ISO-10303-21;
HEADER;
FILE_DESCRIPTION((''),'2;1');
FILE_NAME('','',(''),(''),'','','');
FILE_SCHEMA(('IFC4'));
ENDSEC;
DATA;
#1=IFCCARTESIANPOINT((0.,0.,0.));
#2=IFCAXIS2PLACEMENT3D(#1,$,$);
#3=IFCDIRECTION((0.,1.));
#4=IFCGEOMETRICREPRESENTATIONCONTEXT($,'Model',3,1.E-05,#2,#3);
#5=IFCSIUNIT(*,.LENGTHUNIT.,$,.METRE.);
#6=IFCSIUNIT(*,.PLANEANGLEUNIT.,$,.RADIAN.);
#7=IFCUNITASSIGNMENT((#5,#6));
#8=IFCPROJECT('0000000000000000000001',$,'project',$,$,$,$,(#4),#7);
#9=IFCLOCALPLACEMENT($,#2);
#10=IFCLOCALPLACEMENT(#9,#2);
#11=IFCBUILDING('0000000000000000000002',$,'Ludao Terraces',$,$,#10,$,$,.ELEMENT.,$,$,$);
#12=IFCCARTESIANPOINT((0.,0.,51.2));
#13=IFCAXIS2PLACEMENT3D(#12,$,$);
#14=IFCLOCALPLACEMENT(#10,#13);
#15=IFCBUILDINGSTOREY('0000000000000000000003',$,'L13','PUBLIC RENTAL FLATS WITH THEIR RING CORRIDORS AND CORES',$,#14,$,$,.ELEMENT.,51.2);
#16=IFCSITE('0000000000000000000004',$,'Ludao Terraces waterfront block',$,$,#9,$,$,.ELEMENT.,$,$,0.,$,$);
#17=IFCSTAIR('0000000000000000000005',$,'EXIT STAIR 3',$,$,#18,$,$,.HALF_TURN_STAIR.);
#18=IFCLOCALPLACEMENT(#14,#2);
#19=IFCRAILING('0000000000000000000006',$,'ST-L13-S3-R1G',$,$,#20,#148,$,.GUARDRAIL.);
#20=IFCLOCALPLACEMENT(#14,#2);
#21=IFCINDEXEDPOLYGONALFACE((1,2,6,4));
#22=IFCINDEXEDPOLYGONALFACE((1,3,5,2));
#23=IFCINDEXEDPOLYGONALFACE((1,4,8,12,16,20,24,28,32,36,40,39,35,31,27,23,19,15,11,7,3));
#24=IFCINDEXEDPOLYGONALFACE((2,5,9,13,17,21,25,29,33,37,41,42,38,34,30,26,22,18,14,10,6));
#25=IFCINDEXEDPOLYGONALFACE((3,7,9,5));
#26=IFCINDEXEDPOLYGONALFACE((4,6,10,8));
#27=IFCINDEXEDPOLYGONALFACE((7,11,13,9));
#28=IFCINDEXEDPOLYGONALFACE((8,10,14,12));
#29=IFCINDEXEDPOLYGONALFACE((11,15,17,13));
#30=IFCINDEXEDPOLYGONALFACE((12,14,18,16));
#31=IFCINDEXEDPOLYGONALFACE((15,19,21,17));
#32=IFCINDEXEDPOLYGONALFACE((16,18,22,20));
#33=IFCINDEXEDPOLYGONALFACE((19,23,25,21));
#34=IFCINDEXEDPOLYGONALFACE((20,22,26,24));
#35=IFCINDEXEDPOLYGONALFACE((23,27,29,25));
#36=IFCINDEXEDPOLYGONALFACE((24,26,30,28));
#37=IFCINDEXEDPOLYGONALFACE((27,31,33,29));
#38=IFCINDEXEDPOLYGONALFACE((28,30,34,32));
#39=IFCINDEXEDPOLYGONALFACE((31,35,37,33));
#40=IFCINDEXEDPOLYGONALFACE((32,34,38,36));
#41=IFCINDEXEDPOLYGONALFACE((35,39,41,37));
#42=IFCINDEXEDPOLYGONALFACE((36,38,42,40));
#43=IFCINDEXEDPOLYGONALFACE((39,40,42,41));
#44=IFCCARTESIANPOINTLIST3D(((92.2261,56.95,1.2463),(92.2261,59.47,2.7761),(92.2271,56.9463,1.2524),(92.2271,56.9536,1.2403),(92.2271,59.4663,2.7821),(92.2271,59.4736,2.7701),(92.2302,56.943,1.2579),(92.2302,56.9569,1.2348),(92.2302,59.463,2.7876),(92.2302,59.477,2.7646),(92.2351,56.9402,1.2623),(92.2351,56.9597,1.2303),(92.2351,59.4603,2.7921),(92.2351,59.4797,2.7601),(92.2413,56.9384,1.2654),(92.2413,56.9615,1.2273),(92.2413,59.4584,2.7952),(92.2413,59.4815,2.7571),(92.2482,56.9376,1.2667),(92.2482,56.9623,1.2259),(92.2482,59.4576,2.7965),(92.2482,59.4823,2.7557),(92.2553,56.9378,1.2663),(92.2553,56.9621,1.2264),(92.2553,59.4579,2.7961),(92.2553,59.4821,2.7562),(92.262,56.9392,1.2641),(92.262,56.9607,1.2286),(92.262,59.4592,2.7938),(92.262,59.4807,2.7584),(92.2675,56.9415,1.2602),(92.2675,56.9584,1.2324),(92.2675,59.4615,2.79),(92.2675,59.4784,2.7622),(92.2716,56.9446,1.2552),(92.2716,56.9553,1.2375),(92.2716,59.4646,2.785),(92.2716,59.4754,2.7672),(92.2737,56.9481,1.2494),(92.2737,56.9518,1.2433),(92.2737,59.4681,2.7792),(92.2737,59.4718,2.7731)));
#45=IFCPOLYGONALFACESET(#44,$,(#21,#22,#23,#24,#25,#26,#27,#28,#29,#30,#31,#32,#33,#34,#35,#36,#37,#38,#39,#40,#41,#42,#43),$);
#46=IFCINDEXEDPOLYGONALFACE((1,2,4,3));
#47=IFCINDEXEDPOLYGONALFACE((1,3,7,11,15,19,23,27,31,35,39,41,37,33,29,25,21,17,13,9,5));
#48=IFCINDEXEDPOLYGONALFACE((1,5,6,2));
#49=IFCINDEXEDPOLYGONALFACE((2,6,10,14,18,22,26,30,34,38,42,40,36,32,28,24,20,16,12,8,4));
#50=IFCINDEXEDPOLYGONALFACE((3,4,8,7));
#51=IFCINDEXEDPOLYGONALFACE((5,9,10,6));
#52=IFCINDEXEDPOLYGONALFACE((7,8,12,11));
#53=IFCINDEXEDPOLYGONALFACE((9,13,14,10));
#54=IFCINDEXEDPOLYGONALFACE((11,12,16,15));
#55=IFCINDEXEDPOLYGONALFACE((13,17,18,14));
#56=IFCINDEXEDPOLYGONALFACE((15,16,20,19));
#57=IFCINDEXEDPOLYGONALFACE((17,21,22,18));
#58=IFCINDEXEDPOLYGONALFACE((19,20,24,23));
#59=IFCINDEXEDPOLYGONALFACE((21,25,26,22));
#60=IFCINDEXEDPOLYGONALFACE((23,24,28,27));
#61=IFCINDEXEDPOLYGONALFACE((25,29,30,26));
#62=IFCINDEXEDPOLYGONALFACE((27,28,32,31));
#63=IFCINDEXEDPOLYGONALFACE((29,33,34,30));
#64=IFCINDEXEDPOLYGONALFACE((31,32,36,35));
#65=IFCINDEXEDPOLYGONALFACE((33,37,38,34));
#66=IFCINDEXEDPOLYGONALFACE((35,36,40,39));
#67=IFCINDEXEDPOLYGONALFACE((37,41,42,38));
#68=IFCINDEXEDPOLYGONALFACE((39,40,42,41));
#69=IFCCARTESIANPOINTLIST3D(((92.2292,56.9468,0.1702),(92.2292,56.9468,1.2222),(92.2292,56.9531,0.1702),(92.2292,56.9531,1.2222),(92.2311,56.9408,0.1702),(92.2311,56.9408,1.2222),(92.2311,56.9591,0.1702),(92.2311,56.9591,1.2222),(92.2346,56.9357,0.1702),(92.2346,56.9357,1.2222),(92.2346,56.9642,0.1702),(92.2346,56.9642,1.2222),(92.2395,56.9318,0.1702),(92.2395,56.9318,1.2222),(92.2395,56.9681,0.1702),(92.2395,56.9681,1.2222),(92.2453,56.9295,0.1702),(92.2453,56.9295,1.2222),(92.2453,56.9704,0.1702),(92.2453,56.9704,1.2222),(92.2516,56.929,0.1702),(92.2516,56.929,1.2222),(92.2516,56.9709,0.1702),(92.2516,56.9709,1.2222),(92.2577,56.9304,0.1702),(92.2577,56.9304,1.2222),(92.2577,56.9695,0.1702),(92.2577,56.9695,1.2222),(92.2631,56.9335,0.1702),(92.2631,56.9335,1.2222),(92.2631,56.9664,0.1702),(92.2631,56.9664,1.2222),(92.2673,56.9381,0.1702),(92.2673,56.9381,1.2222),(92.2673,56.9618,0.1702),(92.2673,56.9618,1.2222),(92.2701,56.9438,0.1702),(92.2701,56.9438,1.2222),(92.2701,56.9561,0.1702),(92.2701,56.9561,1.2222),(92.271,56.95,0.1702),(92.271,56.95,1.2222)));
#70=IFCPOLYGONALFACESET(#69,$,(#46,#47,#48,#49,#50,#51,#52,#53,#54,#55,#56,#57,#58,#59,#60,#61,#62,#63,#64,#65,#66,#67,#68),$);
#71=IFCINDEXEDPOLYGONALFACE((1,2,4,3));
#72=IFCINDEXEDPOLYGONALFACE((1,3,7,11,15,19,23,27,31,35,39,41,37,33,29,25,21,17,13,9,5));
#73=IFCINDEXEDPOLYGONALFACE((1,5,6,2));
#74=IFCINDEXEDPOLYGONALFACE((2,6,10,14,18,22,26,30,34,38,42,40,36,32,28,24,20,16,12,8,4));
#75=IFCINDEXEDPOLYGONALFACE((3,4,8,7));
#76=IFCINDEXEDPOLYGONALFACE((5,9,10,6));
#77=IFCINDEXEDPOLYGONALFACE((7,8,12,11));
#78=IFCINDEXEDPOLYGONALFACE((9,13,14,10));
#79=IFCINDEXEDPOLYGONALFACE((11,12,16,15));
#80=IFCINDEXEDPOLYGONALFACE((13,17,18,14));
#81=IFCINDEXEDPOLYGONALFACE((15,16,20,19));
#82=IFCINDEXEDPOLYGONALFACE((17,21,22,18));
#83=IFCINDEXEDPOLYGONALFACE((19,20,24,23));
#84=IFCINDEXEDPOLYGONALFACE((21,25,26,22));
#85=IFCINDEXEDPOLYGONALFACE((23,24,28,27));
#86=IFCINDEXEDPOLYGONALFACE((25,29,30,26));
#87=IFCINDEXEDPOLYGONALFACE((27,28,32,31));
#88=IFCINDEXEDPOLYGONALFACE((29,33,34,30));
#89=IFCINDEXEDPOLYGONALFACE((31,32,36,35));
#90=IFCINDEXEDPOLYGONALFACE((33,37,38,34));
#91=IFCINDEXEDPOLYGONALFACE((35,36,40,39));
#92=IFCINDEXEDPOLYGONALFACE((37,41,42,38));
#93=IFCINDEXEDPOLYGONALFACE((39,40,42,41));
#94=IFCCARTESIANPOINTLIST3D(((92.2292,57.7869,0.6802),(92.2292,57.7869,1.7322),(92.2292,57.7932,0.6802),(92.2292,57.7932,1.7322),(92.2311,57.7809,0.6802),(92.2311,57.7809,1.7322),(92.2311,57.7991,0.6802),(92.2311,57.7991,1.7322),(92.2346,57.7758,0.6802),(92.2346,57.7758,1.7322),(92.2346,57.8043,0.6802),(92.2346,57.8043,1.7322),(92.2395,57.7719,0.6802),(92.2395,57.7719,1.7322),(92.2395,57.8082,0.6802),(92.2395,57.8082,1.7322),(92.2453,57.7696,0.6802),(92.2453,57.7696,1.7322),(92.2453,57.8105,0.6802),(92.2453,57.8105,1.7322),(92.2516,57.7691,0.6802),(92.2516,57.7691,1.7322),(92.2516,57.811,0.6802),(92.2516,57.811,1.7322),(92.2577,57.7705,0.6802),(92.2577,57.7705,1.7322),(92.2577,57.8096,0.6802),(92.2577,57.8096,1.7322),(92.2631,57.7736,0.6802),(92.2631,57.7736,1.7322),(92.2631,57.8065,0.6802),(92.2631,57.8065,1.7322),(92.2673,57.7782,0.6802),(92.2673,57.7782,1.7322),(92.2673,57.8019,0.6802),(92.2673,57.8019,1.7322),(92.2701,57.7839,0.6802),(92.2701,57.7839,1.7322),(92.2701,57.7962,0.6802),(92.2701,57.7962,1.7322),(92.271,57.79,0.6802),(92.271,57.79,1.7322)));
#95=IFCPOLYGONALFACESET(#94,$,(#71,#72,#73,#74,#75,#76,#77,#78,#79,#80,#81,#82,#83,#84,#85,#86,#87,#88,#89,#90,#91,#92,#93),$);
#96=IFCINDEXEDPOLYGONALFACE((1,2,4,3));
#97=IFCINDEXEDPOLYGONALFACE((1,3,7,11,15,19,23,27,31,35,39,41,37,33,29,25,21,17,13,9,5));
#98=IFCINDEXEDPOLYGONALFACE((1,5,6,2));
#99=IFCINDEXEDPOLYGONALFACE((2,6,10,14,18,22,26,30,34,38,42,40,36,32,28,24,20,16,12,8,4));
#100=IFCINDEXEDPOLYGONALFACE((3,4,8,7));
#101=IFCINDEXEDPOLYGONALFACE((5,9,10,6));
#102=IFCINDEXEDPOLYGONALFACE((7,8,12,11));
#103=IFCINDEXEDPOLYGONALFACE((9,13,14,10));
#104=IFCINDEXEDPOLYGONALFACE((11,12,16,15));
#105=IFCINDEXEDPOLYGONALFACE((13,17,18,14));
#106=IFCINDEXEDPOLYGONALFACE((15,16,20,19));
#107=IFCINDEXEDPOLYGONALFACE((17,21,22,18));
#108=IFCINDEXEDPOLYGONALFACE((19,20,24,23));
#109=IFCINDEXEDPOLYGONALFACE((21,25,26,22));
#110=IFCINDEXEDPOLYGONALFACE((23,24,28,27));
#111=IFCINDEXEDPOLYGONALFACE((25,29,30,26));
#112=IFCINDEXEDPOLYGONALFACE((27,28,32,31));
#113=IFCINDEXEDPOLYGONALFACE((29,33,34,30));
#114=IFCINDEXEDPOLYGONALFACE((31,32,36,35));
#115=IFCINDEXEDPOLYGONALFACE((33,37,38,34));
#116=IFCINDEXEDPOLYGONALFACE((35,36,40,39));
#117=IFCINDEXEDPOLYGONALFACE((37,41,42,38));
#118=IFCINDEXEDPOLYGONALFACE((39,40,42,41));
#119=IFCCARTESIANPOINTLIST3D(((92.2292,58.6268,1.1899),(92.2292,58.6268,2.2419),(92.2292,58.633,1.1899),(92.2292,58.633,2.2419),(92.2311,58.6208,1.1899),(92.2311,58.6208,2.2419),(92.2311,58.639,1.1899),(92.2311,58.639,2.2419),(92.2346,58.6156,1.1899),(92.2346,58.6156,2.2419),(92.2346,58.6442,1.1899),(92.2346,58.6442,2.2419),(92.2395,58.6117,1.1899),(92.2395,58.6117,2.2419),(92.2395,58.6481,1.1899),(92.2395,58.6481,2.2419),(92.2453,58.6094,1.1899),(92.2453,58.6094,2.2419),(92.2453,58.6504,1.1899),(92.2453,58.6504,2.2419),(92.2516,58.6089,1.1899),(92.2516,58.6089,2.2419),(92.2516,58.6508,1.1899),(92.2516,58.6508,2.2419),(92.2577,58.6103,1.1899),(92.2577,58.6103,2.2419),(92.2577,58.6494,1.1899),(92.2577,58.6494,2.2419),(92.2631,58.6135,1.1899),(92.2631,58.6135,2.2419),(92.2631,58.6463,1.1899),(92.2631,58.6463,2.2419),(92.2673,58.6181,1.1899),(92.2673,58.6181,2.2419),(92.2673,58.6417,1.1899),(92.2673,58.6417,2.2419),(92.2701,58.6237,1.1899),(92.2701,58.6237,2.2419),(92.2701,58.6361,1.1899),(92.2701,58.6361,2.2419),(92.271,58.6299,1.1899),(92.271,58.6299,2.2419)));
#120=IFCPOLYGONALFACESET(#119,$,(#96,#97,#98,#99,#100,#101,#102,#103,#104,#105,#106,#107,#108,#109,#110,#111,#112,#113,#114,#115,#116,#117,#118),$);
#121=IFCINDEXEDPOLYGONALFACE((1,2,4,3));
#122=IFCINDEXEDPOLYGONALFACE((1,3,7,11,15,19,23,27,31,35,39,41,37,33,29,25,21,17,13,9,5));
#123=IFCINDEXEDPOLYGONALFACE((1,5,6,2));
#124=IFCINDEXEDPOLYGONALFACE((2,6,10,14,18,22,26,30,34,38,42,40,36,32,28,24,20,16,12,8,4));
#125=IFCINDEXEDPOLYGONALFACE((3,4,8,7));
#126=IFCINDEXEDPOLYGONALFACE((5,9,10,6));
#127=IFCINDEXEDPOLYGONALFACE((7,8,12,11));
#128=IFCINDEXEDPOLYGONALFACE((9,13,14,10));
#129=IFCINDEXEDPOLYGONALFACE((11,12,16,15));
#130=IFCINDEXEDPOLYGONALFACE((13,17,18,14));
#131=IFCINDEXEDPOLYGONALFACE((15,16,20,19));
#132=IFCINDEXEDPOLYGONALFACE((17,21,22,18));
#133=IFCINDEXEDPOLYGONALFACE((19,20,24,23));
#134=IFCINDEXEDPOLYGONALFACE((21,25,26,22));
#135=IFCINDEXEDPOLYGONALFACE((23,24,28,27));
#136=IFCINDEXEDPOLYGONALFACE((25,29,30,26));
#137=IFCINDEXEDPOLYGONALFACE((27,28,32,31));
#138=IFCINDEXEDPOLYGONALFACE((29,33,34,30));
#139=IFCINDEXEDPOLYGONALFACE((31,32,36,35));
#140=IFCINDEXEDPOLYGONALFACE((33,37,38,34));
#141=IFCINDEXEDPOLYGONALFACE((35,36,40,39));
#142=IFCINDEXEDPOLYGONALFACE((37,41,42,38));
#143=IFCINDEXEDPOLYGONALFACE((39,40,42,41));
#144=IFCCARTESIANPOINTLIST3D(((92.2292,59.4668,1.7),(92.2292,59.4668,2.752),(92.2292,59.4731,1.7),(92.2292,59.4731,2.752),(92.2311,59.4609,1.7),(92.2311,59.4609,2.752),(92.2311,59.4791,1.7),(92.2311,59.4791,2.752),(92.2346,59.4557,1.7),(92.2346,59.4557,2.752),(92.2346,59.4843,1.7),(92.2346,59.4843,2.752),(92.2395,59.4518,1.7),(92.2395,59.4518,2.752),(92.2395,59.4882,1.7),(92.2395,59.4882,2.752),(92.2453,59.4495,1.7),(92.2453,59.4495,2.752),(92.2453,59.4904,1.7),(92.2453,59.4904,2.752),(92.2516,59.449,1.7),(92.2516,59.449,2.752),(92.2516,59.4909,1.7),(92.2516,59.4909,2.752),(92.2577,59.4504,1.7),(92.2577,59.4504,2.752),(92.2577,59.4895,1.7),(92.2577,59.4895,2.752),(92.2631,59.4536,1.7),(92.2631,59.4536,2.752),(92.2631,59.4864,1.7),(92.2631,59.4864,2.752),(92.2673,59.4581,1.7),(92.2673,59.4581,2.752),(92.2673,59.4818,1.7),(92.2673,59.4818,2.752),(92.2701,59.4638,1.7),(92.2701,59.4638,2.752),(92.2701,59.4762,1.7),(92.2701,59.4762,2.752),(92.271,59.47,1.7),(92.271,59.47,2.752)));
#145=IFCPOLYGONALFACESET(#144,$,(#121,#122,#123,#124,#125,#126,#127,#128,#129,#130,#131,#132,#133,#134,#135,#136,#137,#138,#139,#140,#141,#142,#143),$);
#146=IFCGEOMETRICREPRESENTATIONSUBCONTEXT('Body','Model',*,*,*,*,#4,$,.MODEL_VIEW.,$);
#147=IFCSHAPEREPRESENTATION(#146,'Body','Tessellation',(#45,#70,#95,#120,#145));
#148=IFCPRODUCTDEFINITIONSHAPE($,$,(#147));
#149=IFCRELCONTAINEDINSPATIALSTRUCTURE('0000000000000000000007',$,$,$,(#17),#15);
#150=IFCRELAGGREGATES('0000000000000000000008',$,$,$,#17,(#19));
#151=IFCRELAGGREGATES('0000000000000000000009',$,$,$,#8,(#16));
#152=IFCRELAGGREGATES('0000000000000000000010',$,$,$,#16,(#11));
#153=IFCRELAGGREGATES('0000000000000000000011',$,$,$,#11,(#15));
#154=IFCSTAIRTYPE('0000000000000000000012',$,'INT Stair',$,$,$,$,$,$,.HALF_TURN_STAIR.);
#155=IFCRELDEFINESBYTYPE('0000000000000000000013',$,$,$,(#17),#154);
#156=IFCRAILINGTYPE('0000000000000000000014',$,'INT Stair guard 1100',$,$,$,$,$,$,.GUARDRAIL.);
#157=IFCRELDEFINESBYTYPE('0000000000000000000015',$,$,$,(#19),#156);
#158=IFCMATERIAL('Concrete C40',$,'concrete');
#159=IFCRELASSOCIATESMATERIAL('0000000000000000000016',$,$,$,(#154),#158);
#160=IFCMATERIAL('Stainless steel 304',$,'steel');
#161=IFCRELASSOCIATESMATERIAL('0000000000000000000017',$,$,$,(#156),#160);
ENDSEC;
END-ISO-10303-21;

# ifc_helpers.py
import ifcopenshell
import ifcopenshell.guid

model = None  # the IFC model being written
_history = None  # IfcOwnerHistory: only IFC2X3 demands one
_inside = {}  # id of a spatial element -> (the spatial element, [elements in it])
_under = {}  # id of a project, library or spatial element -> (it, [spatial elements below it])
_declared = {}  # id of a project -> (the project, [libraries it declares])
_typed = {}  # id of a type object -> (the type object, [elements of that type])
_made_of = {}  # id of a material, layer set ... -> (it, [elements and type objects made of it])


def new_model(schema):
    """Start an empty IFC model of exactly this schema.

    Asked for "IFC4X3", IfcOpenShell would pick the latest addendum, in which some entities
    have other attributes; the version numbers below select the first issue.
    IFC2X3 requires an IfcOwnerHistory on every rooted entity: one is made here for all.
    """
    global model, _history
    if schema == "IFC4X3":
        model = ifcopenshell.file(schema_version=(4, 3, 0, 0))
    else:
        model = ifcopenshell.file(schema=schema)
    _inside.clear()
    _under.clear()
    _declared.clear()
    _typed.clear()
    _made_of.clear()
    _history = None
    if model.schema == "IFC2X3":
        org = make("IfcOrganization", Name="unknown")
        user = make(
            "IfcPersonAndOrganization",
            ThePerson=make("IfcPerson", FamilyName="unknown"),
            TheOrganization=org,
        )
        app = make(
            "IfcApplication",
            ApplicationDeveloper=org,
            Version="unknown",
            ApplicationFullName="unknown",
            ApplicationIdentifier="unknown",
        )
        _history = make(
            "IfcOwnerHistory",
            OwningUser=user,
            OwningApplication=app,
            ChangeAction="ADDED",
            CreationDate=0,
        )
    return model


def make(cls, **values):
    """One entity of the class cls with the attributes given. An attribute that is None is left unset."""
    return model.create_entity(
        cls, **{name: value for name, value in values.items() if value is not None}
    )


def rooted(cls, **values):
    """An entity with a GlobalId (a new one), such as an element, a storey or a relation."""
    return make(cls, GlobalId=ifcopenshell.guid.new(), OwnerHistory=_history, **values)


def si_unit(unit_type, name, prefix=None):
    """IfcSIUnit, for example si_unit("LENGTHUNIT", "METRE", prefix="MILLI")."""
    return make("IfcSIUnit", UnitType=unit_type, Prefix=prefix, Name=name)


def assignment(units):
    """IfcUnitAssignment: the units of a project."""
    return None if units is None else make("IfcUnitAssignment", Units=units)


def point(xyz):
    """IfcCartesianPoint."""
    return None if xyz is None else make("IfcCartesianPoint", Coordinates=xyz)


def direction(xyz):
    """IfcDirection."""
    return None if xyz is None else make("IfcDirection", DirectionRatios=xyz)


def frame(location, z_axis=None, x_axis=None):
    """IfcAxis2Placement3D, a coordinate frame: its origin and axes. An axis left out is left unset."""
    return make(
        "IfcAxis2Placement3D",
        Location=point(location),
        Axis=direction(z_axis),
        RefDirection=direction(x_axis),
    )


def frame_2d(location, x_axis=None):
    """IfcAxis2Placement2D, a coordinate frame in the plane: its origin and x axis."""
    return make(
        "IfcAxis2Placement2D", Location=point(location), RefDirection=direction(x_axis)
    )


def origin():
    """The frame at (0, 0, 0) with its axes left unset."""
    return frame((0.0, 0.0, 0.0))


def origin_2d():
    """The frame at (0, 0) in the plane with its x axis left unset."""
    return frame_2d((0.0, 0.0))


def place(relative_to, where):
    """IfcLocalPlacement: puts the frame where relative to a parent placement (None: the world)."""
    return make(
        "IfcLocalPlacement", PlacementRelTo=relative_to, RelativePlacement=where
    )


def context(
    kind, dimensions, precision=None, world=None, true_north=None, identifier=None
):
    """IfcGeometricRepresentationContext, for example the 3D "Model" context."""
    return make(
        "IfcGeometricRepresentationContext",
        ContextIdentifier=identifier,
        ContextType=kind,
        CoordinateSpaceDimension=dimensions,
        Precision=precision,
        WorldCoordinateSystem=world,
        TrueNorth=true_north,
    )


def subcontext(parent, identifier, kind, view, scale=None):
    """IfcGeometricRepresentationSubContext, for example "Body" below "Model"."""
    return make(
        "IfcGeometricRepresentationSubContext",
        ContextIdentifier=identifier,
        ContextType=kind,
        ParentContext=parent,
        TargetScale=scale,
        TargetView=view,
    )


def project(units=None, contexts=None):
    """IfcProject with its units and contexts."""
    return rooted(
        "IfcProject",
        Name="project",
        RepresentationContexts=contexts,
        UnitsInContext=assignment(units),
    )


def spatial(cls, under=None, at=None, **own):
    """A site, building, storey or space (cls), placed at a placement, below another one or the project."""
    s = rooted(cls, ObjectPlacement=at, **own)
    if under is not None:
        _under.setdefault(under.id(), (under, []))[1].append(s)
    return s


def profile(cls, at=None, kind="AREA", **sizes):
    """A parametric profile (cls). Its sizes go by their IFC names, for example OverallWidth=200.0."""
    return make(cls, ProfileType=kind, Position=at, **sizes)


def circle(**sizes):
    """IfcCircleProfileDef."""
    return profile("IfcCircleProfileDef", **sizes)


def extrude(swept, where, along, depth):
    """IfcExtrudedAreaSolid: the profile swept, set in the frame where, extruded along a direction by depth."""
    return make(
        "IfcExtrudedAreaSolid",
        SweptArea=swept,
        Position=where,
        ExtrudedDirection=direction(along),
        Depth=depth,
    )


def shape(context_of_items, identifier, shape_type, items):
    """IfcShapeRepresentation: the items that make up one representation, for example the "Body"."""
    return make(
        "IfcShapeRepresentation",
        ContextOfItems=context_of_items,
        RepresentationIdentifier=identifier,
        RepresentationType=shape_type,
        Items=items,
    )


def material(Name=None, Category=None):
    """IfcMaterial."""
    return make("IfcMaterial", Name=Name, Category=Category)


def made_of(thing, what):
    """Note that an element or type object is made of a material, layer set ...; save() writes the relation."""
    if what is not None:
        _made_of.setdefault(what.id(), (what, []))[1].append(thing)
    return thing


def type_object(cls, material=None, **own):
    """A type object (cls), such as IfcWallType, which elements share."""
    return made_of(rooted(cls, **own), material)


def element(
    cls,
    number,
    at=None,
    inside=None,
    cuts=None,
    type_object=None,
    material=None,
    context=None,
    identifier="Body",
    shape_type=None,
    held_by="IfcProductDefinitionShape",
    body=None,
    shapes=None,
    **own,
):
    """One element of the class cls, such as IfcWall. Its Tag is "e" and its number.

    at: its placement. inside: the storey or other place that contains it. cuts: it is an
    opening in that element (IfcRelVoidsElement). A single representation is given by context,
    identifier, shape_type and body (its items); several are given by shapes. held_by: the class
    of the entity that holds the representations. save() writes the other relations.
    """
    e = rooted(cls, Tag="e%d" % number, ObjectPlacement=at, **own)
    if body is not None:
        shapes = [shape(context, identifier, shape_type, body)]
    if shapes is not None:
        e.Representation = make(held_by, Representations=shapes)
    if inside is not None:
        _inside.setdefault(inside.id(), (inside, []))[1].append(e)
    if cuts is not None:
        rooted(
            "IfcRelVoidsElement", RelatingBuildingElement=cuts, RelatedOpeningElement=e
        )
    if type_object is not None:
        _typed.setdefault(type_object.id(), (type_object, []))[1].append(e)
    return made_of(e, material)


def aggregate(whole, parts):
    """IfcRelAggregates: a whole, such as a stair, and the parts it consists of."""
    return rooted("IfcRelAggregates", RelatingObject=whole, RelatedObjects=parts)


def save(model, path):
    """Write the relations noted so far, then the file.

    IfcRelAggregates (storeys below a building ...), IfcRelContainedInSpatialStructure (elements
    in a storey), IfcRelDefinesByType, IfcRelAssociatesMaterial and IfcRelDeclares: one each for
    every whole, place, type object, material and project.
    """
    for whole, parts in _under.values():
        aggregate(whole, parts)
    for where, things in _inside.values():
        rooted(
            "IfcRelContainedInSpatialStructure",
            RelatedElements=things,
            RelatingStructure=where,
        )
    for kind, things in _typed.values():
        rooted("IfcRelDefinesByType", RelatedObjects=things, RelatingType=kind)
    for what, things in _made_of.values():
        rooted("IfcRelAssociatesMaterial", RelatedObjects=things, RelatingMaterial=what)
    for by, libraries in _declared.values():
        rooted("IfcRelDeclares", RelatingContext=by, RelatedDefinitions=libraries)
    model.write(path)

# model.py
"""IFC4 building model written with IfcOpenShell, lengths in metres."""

from ifc_helpers import new_model, si_unit, direction, frame, origin, origin_2d, place, context, subcontext, project, spatial, circle, extrude, material, type_object, element, aggregate, save


model = new_model("IFC4")

# Units and contexts
model_context = context("Model", 3, precision=1e-05, world=origin(), true_north=direction((0.0, 1.0)))
body_context = subcontext(model_context, "Body", "Model", "MODEL_VIEW")
ifc_project = project(units=[si_unit("LENGTHUNIT", "METRE"), si_unit("PLANEANGLEUNIT", "RADIAN")], contexts=[model_context])

# Site, building, storey
site_placement = place(None, origin())
site = spatial("IfcSite", under=ifc_project, at=site_placement, Name="Ludao Terraces waterfront block", CompositionType="ELEMENT", RefElevation=0.0)
building_placement = place(site_placement, origin())
building = spatial("IfcBuilding", under=site, at=building_placement, Name="Ludao Terraces", CompositionType="ELEMENT")
storey_placement = place(building_placement, frame((0.0, 0.0, 51.2)))
storey = spatial("IfcBuildingStorey", under=building, at=storey_placement, Name="L13", Description="PUBLIC RENTAL FLATS WITH THEIR RING CORRIDORS AND CORES", CompositionType="ELEMENT", Elevation=51.2)

# Stair, railing
ifc_material_1 = material(Name="Concrete C40", Category="concrete")
stair_type = type_object("IfcStairType", Name="INT Stair", PredefinedType="HALF_TURN_STAIR", material=ifc_material_1)
stair_placement = place(storey_placement, origin())
stair = element("IfcStair", 1, at=stair_placement, inside=storey, type_object=stair_type, Name="EXIT STAIR 3", PredefinedType="HALF_TURN_STAIR")
ifc_material_2 = material(Name="Stainless steel 304", Category="steel")
railing_type_1 = type_object("IfcRailingType", Name="INT Stair guard 1100", PredefinedType="GUARDRAIL", material=ifc_material_2)
railing_1_placement = place(storey_placement, frame((92.25, 56.95, 0.1702)))
railing_1 = element("IfcRailing", 2, at=railing_1_placement, type_object=railing_type_1, Name="ST-L13-S3-R1G", PredefinedType="GUARDRAIL", context=body_context, shape_type="SweptSolid", body=[
    extrude(circle(Radius=0.0239, at=origin_2d()), frame((0.0, 0.0, 1.0762), z_axis=(0.0, 0.854822, 0.518922), x_axis=(-1.0, 0.0, 0.0)), (0.0, 0.0, 1.0), 2.948),
    extrude(circle(Radius=0.021, at=origin_2d()), origin(), (0.0, 0.0, 1.0), 1.052),
    extrude(circle(Radius=0.021, at=origin_2d()), frame((0.0, 0.8401, 0.51)), (0.0, 0.0, 1.0), 1.052),
    extrude(circle(Radius=0.021, at=origin_2d()), frame((0.0, 1.6799, 1.0198)), (0.0, 0.0, 1.0), 1.052),
    extrude(circle(Radius=0.021, at=origin_2d()), frame((0.0, 2.52, 1.5298)), (0.0, 0.0, 1.0), 1.052),
])
aggregate(stair, [railing_1])

save(model, "model.ifc")
